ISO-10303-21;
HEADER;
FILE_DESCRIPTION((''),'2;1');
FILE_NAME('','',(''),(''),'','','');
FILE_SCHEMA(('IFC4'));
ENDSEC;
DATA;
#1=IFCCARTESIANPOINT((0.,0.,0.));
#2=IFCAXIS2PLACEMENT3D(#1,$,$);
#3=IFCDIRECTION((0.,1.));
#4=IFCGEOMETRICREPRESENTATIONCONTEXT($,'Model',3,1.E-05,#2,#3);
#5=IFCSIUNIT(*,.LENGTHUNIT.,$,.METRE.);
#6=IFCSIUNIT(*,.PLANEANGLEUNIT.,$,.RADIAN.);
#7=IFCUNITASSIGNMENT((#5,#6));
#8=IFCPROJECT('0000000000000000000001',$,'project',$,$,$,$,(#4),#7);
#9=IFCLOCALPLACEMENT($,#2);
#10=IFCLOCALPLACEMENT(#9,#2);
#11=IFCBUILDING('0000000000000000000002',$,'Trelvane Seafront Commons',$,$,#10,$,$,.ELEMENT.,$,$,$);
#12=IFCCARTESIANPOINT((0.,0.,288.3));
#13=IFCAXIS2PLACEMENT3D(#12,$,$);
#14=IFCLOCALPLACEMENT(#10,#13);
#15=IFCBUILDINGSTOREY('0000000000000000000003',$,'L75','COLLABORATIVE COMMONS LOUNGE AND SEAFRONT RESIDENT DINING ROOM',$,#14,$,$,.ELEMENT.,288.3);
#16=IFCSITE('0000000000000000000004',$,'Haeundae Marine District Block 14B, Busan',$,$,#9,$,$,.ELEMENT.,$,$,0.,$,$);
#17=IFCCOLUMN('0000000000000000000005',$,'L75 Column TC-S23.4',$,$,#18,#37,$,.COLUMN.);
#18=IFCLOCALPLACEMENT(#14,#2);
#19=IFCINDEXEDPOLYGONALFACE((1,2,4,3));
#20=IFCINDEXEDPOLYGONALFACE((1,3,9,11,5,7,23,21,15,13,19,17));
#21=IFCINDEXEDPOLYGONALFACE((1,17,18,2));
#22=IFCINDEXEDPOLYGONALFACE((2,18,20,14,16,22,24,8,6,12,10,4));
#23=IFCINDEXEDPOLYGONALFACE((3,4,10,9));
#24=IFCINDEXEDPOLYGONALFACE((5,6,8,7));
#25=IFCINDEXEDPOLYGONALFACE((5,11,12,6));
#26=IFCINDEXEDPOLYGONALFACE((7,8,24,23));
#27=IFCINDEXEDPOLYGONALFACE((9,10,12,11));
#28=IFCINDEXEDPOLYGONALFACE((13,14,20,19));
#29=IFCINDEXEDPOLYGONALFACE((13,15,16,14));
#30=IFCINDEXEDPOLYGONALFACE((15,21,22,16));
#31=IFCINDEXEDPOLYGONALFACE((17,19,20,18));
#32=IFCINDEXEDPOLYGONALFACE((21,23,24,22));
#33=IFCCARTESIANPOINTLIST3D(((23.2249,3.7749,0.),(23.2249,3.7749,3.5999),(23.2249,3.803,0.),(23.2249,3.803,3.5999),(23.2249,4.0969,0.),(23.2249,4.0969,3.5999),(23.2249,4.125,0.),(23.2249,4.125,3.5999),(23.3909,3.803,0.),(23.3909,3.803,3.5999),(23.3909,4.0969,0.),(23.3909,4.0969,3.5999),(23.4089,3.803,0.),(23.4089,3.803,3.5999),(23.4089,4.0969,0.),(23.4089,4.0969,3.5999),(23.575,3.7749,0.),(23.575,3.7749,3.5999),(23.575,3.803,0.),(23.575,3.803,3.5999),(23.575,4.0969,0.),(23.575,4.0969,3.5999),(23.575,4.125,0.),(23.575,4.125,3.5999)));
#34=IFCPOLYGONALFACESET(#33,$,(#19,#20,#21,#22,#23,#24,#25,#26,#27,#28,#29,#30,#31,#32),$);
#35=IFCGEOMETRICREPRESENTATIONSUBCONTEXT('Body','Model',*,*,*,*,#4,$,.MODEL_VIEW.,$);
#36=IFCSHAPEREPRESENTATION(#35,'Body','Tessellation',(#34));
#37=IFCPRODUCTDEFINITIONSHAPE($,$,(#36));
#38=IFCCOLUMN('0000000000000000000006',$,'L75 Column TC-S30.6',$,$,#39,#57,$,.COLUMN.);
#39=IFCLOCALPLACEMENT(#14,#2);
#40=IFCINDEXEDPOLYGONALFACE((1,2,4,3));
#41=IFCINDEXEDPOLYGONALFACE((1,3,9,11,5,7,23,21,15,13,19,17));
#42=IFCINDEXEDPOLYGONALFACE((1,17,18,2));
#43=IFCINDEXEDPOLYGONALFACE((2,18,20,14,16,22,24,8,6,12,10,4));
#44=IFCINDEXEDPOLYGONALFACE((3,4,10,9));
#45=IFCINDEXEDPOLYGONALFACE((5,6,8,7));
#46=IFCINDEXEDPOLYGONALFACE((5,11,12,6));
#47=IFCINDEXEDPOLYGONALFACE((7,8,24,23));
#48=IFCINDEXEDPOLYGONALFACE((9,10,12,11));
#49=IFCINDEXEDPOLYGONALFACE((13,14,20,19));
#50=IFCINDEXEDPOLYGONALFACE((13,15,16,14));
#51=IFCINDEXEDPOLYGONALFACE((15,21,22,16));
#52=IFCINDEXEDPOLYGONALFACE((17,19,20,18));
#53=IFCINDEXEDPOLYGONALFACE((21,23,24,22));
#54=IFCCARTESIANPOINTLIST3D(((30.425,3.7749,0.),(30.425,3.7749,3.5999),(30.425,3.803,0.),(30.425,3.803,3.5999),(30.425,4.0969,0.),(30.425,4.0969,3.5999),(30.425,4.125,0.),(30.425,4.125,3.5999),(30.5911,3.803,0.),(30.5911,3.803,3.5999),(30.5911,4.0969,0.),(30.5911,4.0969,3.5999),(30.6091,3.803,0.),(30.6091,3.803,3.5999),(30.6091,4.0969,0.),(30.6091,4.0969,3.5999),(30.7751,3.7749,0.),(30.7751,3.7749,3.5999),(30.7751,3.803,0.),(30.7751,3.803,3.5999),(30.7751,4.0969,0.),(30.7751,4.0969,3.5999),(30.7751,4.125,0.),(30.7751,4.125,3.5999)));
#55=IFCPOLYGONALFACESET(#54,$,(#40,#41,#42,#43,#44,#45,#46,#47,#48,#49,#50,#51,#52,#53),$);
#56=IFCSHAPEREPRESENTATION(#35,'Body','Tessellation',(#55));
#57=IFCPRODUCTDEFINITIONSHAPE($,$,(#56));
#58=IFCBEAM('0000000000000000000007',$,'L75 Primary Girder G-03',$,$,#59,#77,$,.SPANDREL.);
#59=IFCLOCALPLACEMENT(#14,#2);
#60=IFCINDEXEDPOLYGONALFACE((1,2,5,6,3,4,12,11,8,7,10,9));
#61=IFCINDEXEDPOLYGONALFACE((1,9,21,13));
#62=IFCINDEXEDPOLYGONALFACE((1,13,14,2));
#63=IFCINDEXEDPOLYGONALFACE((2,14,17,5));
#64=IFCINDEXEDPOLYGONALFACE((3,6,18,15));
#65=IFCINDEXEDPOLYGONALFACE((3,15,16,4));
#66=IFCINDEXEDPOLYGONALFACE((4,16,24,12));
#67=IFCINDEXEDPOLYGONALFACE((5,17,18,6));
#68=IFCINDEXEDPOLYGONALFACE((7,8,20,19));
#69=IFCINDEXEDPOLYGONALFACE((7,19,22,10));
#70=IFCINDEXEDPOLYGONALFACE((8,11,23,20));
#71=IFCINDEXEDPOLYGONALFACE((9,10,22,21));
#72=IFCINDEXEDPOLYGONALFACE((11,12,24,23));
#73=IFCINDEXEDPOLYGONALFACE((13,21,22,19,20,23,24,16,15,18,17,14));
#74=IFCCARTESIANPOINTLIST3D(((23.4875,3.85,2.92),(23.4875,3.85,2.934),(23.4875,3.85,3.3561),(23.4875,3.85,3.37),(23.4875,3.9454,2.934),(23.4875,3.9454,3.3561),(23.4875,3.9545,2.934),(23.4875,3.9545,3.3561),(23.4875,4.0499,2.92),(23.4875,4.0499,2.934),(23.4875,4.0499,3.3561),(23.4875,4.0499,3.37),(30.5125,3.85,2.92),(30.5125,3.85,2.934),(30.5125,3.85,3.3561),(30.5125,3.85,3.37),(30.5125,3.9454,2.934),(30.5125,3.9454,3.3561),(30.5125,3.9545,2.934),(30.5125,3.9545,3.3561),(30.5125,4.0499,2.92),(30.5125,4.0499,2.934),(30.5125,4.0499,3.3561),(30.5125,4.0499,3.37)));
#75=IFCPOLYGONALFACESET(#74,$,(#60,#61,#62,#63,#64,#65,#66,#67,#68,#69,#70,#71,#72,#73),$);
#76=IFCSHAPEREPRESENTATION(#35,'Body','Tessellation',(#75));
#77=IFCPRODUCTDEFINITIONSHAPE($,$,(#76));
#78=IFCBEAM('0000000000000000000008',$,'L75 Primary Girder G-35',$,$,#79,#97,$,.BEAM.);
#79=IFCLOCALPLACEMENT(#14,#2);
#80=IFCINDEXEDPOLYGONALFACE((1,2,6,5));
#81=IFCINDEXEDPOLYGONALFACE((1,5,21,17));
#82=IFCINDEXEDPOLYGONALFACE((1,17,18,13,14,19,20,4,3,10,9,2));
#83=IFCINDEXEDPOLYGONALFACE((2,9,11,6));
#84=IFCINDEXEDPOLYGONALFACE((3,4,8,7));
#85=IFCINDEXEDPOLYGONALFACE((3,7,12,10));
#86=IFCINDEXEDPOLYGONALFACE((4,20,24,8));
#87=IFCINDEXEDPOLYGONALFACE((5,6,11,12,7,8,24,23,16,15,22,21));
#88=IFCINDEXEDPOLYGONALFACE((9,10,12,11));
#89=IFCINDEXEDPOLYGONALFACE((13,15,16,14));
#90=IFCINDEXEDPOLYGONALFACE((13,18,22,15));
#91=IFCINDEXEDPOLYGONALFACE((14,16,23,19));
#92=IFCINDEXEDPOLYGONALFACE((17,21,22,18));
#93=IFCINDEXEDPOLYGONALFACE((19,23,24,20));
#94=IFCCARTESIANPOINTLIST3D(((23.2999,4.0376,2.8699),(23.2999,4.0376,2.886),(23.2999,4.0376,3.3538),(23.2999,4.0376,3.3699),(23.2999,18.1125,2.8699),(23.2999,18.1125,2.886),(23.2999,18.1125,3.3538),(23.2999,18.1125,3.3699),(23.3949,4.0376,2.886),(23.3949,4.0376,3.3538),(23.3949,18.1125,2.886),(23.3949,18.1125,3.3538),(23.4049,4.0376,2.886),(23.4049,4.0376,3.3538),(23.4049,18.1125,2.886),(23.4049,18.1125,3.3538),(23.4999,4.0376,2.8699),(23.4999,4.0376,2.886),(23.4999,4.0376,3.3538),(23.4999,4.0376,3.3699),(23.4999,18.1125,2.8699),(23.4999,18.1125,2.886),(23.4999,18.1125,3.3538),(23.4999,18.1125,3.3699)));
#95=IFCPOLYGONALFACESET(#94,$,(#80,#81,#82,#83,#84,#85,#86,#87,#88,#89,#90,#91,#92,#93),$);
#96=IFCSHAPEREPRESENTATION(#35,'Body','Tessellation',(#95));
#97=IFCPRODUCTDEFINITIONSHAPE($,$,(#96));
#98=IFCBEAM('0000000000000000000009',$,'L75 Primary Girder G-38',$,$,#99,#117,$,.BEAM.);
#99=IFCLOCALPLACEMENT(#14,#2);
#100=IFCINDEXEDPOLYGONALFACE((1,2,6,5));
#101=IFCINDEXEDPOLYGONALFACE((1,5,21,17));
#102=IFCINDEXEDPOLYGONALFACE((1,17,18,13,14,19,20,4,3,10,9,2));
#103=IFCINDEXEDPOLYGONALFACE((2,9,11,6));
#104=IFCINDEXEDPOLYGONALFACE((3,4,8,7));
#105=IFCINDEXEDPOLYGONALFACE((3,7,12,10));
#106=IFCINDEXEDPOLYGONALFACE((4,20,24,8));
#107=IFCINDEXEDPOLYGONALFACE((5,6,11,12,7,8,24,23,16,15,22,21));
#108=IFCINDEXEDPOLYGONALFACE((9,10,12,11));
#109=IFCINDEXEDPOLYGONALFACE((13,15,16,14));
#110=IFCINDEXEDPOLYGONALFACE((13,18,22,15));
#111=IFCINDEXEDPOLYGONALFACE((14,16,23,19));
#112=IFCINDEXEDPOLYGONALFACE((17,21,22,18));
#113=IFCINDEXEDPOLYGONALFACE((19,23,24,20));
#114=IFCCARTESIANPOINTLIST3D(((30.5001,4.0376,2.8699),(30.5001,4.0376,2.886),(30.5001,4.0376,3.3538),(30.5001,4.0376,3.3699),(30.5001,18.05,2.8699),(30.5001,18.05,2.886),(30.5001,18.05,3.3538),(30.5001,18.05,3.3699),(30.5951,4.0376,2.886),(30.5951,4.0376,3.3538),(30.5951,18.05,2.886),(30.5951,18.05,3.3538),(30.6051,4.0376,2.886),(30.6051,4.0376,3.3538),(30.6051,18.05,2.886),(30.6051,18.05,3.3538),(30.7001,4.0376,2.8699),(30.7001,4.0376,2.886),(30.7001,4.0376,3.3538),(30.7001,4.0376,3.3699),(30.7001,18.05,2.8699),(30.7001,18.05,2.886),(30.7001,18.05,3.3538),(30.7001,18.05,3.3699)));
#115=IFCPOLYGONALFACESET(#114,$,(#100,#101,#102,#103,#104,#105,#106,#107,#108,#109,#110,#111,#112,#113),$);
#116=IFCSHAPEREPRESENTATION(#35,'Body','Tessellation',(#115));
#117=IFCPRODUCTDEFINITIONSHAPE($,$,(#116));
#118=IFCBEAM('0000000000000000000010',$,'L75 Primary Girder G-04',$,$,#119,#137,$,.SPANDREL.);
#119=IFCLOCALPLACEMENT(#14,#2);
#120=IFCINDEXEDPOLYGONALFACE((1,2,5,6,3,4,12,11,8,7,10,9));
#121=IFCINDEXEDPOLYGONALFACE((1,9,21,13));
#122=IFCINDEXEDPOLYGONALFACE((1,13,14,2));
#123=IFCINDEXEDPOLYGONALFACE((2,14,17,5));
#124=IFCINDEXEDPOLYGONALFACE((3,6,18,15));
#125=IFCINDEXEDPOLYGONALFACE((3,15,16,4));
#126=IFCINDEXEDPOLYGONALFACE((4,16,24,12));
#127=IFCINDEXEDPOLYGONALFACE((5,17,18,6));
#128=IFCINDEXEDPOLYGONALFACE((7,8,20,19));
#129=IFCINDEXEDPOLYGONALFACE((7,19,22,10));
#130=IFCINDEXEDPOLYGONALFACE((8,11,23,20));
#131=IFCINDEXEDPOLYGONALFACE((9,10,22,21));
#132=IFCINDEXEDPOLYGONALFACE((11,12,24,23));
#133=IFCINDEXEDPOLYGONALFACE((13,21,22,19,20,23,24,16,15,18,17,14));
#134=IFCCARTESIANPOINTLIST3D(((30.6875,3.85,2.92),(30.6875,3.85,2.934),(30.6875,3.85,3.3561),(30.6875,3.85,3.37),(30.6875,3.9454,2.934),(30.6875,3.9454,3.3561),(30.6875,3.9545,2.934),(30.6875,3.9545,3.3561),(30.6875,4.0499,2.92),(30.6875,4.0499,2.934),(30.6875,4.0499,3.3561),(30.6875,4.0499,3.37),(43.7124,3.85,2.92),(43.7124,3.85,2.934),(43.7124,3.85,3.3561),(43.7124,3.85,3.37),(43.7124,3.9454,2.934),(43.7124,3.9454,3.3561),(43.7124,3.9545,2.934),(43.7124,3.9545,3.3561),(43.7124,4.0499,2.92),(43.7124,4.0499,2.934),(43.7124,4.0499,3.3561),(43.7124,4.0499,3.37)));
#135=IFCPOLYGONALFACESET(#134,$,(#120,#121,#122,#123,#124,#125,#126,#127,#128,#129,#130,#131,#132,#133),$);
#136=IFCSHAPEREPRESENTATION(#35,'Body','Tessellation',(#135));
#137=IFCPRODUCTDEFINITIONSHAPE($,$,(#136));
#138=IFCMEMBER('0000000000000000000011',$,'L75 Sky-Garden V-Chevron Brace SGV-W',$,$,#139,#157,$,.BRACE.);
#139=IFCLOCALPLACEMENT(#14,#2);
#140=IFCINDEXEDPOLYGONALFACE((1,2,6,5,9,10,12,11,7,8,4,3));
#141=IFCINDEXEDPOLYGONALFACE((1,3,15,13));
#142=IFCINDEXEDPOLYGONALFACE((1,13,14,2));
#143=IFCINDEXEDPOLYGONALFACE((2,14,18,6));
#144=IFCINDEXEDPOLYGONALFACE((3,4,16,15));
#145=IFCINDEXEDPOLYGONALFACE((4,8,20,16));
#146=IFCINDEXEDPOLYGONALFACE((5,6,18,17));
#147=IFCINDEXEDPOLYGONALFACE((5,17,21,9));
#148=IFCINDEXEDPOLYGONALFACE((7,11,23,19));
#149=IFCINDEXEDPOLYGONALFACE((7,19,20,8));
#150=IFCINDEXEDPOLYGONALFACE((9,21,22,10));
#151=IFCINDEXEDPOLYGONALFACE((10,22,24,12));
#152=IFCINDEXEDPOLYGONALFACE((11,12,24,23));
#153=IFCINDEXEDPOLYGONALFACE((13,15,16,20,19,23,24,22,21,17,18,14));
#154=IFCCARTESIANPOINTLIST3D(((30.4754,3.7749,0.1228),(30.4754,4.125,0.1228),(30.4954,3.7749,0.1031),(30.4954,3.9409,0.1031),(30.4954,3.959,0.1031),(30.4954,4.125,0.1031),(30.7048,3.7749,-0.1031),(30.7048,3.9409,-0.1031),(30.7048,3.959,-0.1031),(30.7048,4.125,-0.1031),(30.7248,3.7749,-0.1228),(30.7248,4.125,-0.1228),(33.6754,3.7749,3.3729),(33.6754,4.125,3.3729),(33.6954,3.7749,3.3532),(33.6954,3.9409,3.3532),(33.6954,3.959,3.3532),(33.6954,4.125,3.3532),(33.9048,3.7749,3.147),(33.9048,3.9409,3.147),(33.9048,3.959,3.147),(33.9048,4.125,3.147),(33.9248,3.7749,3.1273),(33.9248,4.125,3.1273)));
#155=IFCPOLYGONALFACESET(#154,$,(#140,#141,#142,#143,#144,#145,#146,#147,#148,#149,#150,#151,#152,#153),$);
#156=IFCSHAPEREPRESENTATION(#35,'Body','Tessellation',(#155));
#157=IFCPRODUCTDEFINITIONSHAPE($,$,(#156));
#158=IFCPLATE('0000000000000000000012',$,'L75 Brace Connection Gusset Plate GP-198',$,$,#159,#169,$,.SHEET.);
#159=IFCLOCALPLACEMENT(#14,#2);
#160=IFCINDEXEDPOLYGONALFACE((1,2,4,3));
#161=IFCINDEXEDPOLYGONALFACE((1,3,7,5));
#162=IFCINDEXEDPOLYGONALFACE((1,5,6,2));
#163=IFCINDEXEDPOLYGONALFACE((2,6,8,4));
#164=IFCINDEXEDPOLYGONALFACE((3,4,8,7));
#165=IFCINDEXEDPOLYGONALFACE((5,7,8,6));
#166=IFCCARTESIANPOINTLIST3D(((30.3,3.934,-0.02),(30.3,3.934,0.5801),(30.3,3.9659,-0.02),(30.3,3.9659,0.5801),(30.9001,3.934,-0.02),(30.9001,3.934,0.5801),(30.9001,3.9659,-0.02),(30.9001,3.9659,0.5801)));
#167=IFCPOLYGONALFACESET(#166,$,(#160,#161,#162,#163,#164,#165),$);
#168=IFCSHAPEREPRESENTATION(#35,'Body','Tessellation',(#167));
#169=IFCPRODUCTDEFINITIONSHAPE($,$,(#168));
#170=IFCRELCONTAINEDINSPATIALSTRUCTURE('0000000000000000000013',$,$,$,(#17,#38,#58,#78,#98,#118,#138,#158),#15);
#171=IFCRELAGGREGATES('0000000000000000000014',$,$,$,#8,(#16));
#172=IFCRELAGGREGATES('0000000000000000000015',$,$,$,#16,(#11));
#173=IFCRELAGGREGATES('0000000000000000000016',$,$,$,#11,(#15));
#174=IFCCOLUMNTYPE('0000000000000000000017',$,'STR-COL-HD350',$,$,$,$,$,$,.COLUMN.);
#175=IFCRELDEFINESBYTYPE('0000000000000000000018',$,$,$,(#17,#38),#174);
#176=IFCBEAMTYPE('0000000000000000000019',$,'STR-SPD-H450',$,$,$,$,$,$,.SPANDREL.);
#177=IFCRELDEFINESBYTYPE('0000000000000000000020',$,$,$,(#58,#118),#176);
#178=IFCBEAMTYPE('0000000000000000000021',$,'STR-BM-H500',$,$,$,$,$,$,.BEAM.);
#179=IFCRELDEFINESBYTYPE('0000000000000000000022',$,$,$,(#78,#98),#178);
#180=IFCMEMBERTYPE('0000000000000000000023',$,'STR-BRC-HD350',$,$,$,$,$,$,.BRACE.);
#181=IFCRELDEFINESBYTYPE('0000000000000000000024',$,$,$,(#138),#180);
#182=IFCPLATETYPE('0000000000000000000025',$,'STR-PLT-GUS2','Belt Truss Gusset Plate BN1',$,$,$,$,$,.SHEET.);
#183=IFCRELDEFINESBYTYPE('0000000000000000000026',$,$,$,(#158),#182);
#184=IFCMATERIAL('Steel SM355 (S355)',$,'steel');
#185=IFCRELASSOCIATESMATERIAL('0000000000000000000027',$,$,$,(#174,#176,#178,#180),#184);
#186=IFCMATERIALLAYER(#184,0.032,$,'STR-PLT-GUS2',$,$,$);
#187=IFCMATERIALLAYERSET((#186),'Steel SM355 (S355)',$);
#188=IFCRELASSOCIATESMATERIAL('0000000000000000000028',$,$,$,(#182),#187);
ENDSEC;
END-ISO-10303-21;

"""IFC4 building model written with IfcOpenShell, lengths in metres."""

from ifc_helpers import new_model, si_unit, direction, frame, origin, origin_2d, place, context, subcontext, project, spatial, rectangle, i_section, extrude, source, transform, mapped, material, layer, layer_set, material_profile, profile_set, type_object, element, save


model = new_model("IFC4")

# Units and contexts
model_context = context("Model", 3, precision=1e-05, world=origin(), true_north=direction((0.0, 1.0)))
body_context = subcontext(model_context, "Body", "Model", "MODEL_VIEW")
ifc_project = project(units=[si_unit("LENGTHUNIT", "METRE"), si_unit("PLANEANGLEUNIT", "RADIAN")], contexts=[model_context])

# Site, building, storey
site_placement = place(None, origin())
site = spatial("IfcSite", under=ifc_project, at=site_placement, Name="Haeundae Marine District Block 14B, Busan", CompositionType="ELEMENT", RefElevation=0.0)
building_placement = place(site_placement, origin())
building = spatial("IfcBuilding", under=site, at=building_placement, Name="Trelvane Seafront Commons", CompositionType="ELEMENT")
storey_placement = place(building_placement, frame((0.0, 0.0, 288.3)))
storey = spatial("IfcBuildingStorey", under=building, at=storey_placement, Name="L75", Description="COLLABORATIVE COMMONS LOUNGE AND SEAFRONT RESIDENT DINING ROOM", CompositionType="ELEMENT", Elevation=288.3)

# Columns
ifc_material_1 = material(Name="Steel SM355 (S355)", Category="steel")
ifc_material_profile_1 = material_profile(ifc_material_1, i_section(OverallWidth=0.3501, OverallDepth=0.3501, WebThickness=0.0181, FlangeThickness=0.0281, at=origin_2d()), Name="HD-350x350x18x28")
ifc_profile_set_1 = profile_set([ifc_material_profile_1], Name="Steel SM355 (S355)")
column_type = type_object("IfcColumnType", Name="STR-COL-HD350", PredefinedType="COLUMN", material=ifc_profile_set_1)
shared_shape_1 = source(origin(), body_context, "Body", "SweptSolid", [
    extrude(i_section(OverallWidth=0.3501, OverallDepth=0.3501, WebThickness=0.0181, FlangeThickness=0.0281, at=origin_2d()), origin(), (0.0, 0.0, 1.0), 3.5999),
])
for number, where, z_axis, x_axis, name in (
    (1, (23.3999, 3.95, 0.0), (0.0, 0.0, 1.0), (1.0, 0.0, 0.0), "L75 Column TC-S23.4"),
    (2, (30.6001, 3.95, 0.0), (0.0, 0.0, 1.0), (1.0, 0.0, 0.0), "L75 Column TC-S30.6"),
):
    element("IfcColumn", number, at=place(storey_placement, frame(where, z_axis=z_axis, x_axis=x_axis)), inside=storey, type_object=column_type, Name=name, PredefinedType="COLUMN", context=body_context, shape_type="MappedRepresentation", body=[
        mapped(shared_shape_1, transform((0.0, 0.0, 0.0), x_axis=(1.0, 0.0, 0.0), y_axis=(0.0, 1.0, 0.0), z_axis=(0.0, 0.0, 1.0), scale=1.0)),
    ])

# Beams
ifc_material_profile_2 = material_profile(ifc_material_1, i_section(OverallWidth=0.2, OverallDepth=0.45, WebThickness=0.009, FlangeThickness=0.0139, at=origin_2d()), Name="H-450x200x9x14")
ifc_profile_set_2 = profile_set([ifc_material_profile_2], Name="Steel SM355 (S355)")
beam_type_1 = type_object("IfcBeamType", Name="STR-SPD-H450", PredefinedType="SPANDREL", material=ifc_profile_set_2)
shared_shape_2 = source(origin(), body_context, "Body", "SweptSolid", [
    extrude(i_section(OverallWidth=0.2, OverallDepth=0.45, WebThickness=0.009, FlangeThickness=0.0139, at=origin_2d()), origin(), (0.0, 0.0, 1.0), 7.0249),
])
beam_1_placement = place(storey_placement, frame((23.4875, 3.95, 3.145), z_axis=(1.0, 0.0, 0.0), x_axis=(0.0, 1.0, 0.0)))
element("IfcBeam", 3, at=beam_1_placement, inside=storey, type_object=beam_type_1, Name="L75 Primary Girder G-03", PredefinedType="SPANDREL", context=body_context, shape_type="MappedRepresentation", body=[
    mapped(shared_shape_2, transform((0.0, 0.0, 0.0), x_axis=(1.0, 0.0, 0.0), y_axis=(0.0, 1.0, 0.0), z_axis=(0.0, 0.0, 1.0), scale=1.0)),
])
ifc_material_profile_3 = material_profile(ifc_material_1, i_section(OverallWidth=0.2, OverallDepth=0.5, WebThickness=0.01, FlangeThickness=0.0161, at=origin_2d()), Name="H-500x200x10x16")
ifc_profile_set_3 = profile_set([ifc_material_profile_3], Name="Steel SM355 (S355)")
beam_type_2 = type_object("IfcBeamType", Name="STR-BM-H500", PredefinedType="BEAM", material=ifc_profile_set_3)
shared_shape_3 = source(origin(), body_context, "Body", "SweptSolid", [
    extrude(i_section(OverallWidth=0.2, OverallDepth=0.5, WebThickness=0.01, FlangeThickness=0.0161, at=origin_2d()), origin(), (0.0, 0.0, 1.0), 14.075),
])
beam_2_placement = place(storey_placement, frame((23.3999, 4.0376, 3.1199), z_axis=(0.0, 1.0, 0.0), x_axis=(-1.0, 0.0, 0.0)))
element("IfcBeam", 4, at=beam_2_placement, inside=storey, type_object=beam_type_2, Name="L75 Primary Girder G-35", PredefinedType="BEAM", context=body_context, shape_type="MappedRepresentation", body=[
    mapped(shared_shape_3, transform((0.0, 0.0, 0.0), x_axis=(1.0, 0.0, 0.0), y_axis=(0.0, 1.0, 0.0), z_axis=(0.0, 0.0, 1.0), scale=1.0)),
])
shared_shape_4 = source(origin(), body_context, "Body", "SweptSolid", [
    extrude(i_section(OverallWidth=0.2, OverallDepth=0.5, WebThickness=0.01, FlangeThickness=0.0161, at=origin_2d()), origin(), (0.0, 0.0, 1.0), 14.0125),
])
beam_3_placement = place(storey_placement, frame((30.6001, 4.0376, 3.1199), z_axis=(0.0, 1.0, 0.0), x_axis=(-1.0, 0.0, 0.0)))
element("IfcBeam", 5, at=beam_3_placement, inside=storey, type_object=beam_type_2, Name="L75 Primary Girder G-38", PredefinedType="BEAM", context=body_context, shape_type="MappedRepresentation", body=[
    mapped(shared_shape_4, transform((0.0, 0.0, 0.0), x_axis=(1.0, 0.0, 0.0), y_axis=(0.0, 1.0, 0.0), z_axis=(0.0, 0.0, 1.0), scale=1.0)),
])
shared_shape_5 = source(origin(), body_context, "Body", "SweptSolid", [
    extrude(i_section(OverallWidth=0.2, OverallDepth=0.45, WebThickness=0.009, FlangeThickness=0.0139, at=origin_2d()), origin(), (0.0, 0.0, 1.0), 13.0249),
])
beam_4_placement = place(storey_placement, frame((30.6875, 3.95, 3.145), z_axis=(1.0, 0.0, 0.0), x_axis=(0.0, 1.0, 0.0)))
element("IfcBeam", 6, at=beam_4_placement, inside=storey, type_object=beam_type_1, Name="L75 Primary Girder G-04", PredefinedType="SPANDREL", context=body_context, shape_type="MappedRepresentation", body=[
    mapped(shared_shape_5, transform((0.0, 0.0, 0.0), x_axis=(1.0, 0.0, 0.0), y_axis=(0.0, 1.0, 0.0), z_axis=(0.0, 0.0, 1.0), scale=1.0)),
])

# Member
ifc_material_profile_4 = material_profile(ifc_material_1, i_section(OverallWidth=0.3501, OverallDepth=0.3501, WebThickness=0.0181, FlangeThickness=0.0281, at=origin_2d()), Name="HD-350x350x18x28")
ifc_profile_set_4 = profile_set([ifc_material_profile_4], Name="Steel SM355 (S355)")
member_type = type_object("IfcMemberType", Name="STR-BRC-HD350", PredefinedType="BRACE", material=ifc_profile_set_4)
shared_shape_6 = source(origin(), body_context, "Body", "SweptSolid", [
    extrude(i_section(OverallWidth=0.3501, OverallDepth=0.3501, WebThickness=0.0181, FlangeThickness=0.0281, at=origin_2d()), origin(), (0.0, 0.0, 1.0), 4.561),
])
member_placement = place(storey_placement, frame((30.6001, 3.95, 0.0), z_axis=(0.701599, 0.0, 0.712572), x_axis=(0.0, 1.0, 0.0)))
element("IfcMember", 7, at=member_placement, inside=storey, type_object=member_type, Name="L75 Sky-Garden V-Chevron Brace SGV-W", PredefinedType="BRACE", context=body_context, shape_type="MappedRepresentation", body=[
    mapped(shared_shape_6, transform((0.0, 0.0, 0.0), x_axis=(1.0, 0.0, 0.0), y_axis=(0.0, 1.0, 0.0), z_axis=(0.0, 0.0, 1.0), scale=1.0)),
])

# Plate
ifc_layer_1 = layer(ifc_material_1, 0.032, Name="STR-PLT-GUS2")
ifc_layer_set_1 = layer_set([ifc_layer_1], Name="Steel SM355 (S355)")
plate_type_1 = type_object("IfcPlateType", Name="STR-PLT-GUS2", Description="Belt Truss Gusset Plate BN1", PredefinedType="SHEET", material=ifc_layer_set_1)
shared_shape_7 = source(origin(), body_context, "Body", "SweptSolid", [
    extrude(rectangle(XDim=0.6001, YDim=0.032, at=origin_2d()), origin(), (0.0, 0.0, 1.0), 0.6001),
])
for number, where, z_axis, x_axis, name in (
    (8, (30.6001, 3.95, -0.02), (0.0, 0.0, 1.0), (1.0, 0.0, 0.0), "L75 Brace Connection Gusset Plate GP-198"),
):
    element("IfcPlate", number, at=place(storey_placement, frame(where, z_axis=z_axis, x_axis=x_axis)), inside=storey, type_object=plate_type_1, Name=name, PredefinedType="SHEET", context=body_context, shape_type="MappedRepresentation", body=[
        mapped(shared_shape_7, transform((0.0, 0.0, 0.0), x_axis=(1.0, 0.0, 0.0), y_axis=(0.0, 1.0, 0.0), z_axis=(0.0, 0.0, 1.0), scale=1.0)),
    ])

save(model, "model.ifc")
